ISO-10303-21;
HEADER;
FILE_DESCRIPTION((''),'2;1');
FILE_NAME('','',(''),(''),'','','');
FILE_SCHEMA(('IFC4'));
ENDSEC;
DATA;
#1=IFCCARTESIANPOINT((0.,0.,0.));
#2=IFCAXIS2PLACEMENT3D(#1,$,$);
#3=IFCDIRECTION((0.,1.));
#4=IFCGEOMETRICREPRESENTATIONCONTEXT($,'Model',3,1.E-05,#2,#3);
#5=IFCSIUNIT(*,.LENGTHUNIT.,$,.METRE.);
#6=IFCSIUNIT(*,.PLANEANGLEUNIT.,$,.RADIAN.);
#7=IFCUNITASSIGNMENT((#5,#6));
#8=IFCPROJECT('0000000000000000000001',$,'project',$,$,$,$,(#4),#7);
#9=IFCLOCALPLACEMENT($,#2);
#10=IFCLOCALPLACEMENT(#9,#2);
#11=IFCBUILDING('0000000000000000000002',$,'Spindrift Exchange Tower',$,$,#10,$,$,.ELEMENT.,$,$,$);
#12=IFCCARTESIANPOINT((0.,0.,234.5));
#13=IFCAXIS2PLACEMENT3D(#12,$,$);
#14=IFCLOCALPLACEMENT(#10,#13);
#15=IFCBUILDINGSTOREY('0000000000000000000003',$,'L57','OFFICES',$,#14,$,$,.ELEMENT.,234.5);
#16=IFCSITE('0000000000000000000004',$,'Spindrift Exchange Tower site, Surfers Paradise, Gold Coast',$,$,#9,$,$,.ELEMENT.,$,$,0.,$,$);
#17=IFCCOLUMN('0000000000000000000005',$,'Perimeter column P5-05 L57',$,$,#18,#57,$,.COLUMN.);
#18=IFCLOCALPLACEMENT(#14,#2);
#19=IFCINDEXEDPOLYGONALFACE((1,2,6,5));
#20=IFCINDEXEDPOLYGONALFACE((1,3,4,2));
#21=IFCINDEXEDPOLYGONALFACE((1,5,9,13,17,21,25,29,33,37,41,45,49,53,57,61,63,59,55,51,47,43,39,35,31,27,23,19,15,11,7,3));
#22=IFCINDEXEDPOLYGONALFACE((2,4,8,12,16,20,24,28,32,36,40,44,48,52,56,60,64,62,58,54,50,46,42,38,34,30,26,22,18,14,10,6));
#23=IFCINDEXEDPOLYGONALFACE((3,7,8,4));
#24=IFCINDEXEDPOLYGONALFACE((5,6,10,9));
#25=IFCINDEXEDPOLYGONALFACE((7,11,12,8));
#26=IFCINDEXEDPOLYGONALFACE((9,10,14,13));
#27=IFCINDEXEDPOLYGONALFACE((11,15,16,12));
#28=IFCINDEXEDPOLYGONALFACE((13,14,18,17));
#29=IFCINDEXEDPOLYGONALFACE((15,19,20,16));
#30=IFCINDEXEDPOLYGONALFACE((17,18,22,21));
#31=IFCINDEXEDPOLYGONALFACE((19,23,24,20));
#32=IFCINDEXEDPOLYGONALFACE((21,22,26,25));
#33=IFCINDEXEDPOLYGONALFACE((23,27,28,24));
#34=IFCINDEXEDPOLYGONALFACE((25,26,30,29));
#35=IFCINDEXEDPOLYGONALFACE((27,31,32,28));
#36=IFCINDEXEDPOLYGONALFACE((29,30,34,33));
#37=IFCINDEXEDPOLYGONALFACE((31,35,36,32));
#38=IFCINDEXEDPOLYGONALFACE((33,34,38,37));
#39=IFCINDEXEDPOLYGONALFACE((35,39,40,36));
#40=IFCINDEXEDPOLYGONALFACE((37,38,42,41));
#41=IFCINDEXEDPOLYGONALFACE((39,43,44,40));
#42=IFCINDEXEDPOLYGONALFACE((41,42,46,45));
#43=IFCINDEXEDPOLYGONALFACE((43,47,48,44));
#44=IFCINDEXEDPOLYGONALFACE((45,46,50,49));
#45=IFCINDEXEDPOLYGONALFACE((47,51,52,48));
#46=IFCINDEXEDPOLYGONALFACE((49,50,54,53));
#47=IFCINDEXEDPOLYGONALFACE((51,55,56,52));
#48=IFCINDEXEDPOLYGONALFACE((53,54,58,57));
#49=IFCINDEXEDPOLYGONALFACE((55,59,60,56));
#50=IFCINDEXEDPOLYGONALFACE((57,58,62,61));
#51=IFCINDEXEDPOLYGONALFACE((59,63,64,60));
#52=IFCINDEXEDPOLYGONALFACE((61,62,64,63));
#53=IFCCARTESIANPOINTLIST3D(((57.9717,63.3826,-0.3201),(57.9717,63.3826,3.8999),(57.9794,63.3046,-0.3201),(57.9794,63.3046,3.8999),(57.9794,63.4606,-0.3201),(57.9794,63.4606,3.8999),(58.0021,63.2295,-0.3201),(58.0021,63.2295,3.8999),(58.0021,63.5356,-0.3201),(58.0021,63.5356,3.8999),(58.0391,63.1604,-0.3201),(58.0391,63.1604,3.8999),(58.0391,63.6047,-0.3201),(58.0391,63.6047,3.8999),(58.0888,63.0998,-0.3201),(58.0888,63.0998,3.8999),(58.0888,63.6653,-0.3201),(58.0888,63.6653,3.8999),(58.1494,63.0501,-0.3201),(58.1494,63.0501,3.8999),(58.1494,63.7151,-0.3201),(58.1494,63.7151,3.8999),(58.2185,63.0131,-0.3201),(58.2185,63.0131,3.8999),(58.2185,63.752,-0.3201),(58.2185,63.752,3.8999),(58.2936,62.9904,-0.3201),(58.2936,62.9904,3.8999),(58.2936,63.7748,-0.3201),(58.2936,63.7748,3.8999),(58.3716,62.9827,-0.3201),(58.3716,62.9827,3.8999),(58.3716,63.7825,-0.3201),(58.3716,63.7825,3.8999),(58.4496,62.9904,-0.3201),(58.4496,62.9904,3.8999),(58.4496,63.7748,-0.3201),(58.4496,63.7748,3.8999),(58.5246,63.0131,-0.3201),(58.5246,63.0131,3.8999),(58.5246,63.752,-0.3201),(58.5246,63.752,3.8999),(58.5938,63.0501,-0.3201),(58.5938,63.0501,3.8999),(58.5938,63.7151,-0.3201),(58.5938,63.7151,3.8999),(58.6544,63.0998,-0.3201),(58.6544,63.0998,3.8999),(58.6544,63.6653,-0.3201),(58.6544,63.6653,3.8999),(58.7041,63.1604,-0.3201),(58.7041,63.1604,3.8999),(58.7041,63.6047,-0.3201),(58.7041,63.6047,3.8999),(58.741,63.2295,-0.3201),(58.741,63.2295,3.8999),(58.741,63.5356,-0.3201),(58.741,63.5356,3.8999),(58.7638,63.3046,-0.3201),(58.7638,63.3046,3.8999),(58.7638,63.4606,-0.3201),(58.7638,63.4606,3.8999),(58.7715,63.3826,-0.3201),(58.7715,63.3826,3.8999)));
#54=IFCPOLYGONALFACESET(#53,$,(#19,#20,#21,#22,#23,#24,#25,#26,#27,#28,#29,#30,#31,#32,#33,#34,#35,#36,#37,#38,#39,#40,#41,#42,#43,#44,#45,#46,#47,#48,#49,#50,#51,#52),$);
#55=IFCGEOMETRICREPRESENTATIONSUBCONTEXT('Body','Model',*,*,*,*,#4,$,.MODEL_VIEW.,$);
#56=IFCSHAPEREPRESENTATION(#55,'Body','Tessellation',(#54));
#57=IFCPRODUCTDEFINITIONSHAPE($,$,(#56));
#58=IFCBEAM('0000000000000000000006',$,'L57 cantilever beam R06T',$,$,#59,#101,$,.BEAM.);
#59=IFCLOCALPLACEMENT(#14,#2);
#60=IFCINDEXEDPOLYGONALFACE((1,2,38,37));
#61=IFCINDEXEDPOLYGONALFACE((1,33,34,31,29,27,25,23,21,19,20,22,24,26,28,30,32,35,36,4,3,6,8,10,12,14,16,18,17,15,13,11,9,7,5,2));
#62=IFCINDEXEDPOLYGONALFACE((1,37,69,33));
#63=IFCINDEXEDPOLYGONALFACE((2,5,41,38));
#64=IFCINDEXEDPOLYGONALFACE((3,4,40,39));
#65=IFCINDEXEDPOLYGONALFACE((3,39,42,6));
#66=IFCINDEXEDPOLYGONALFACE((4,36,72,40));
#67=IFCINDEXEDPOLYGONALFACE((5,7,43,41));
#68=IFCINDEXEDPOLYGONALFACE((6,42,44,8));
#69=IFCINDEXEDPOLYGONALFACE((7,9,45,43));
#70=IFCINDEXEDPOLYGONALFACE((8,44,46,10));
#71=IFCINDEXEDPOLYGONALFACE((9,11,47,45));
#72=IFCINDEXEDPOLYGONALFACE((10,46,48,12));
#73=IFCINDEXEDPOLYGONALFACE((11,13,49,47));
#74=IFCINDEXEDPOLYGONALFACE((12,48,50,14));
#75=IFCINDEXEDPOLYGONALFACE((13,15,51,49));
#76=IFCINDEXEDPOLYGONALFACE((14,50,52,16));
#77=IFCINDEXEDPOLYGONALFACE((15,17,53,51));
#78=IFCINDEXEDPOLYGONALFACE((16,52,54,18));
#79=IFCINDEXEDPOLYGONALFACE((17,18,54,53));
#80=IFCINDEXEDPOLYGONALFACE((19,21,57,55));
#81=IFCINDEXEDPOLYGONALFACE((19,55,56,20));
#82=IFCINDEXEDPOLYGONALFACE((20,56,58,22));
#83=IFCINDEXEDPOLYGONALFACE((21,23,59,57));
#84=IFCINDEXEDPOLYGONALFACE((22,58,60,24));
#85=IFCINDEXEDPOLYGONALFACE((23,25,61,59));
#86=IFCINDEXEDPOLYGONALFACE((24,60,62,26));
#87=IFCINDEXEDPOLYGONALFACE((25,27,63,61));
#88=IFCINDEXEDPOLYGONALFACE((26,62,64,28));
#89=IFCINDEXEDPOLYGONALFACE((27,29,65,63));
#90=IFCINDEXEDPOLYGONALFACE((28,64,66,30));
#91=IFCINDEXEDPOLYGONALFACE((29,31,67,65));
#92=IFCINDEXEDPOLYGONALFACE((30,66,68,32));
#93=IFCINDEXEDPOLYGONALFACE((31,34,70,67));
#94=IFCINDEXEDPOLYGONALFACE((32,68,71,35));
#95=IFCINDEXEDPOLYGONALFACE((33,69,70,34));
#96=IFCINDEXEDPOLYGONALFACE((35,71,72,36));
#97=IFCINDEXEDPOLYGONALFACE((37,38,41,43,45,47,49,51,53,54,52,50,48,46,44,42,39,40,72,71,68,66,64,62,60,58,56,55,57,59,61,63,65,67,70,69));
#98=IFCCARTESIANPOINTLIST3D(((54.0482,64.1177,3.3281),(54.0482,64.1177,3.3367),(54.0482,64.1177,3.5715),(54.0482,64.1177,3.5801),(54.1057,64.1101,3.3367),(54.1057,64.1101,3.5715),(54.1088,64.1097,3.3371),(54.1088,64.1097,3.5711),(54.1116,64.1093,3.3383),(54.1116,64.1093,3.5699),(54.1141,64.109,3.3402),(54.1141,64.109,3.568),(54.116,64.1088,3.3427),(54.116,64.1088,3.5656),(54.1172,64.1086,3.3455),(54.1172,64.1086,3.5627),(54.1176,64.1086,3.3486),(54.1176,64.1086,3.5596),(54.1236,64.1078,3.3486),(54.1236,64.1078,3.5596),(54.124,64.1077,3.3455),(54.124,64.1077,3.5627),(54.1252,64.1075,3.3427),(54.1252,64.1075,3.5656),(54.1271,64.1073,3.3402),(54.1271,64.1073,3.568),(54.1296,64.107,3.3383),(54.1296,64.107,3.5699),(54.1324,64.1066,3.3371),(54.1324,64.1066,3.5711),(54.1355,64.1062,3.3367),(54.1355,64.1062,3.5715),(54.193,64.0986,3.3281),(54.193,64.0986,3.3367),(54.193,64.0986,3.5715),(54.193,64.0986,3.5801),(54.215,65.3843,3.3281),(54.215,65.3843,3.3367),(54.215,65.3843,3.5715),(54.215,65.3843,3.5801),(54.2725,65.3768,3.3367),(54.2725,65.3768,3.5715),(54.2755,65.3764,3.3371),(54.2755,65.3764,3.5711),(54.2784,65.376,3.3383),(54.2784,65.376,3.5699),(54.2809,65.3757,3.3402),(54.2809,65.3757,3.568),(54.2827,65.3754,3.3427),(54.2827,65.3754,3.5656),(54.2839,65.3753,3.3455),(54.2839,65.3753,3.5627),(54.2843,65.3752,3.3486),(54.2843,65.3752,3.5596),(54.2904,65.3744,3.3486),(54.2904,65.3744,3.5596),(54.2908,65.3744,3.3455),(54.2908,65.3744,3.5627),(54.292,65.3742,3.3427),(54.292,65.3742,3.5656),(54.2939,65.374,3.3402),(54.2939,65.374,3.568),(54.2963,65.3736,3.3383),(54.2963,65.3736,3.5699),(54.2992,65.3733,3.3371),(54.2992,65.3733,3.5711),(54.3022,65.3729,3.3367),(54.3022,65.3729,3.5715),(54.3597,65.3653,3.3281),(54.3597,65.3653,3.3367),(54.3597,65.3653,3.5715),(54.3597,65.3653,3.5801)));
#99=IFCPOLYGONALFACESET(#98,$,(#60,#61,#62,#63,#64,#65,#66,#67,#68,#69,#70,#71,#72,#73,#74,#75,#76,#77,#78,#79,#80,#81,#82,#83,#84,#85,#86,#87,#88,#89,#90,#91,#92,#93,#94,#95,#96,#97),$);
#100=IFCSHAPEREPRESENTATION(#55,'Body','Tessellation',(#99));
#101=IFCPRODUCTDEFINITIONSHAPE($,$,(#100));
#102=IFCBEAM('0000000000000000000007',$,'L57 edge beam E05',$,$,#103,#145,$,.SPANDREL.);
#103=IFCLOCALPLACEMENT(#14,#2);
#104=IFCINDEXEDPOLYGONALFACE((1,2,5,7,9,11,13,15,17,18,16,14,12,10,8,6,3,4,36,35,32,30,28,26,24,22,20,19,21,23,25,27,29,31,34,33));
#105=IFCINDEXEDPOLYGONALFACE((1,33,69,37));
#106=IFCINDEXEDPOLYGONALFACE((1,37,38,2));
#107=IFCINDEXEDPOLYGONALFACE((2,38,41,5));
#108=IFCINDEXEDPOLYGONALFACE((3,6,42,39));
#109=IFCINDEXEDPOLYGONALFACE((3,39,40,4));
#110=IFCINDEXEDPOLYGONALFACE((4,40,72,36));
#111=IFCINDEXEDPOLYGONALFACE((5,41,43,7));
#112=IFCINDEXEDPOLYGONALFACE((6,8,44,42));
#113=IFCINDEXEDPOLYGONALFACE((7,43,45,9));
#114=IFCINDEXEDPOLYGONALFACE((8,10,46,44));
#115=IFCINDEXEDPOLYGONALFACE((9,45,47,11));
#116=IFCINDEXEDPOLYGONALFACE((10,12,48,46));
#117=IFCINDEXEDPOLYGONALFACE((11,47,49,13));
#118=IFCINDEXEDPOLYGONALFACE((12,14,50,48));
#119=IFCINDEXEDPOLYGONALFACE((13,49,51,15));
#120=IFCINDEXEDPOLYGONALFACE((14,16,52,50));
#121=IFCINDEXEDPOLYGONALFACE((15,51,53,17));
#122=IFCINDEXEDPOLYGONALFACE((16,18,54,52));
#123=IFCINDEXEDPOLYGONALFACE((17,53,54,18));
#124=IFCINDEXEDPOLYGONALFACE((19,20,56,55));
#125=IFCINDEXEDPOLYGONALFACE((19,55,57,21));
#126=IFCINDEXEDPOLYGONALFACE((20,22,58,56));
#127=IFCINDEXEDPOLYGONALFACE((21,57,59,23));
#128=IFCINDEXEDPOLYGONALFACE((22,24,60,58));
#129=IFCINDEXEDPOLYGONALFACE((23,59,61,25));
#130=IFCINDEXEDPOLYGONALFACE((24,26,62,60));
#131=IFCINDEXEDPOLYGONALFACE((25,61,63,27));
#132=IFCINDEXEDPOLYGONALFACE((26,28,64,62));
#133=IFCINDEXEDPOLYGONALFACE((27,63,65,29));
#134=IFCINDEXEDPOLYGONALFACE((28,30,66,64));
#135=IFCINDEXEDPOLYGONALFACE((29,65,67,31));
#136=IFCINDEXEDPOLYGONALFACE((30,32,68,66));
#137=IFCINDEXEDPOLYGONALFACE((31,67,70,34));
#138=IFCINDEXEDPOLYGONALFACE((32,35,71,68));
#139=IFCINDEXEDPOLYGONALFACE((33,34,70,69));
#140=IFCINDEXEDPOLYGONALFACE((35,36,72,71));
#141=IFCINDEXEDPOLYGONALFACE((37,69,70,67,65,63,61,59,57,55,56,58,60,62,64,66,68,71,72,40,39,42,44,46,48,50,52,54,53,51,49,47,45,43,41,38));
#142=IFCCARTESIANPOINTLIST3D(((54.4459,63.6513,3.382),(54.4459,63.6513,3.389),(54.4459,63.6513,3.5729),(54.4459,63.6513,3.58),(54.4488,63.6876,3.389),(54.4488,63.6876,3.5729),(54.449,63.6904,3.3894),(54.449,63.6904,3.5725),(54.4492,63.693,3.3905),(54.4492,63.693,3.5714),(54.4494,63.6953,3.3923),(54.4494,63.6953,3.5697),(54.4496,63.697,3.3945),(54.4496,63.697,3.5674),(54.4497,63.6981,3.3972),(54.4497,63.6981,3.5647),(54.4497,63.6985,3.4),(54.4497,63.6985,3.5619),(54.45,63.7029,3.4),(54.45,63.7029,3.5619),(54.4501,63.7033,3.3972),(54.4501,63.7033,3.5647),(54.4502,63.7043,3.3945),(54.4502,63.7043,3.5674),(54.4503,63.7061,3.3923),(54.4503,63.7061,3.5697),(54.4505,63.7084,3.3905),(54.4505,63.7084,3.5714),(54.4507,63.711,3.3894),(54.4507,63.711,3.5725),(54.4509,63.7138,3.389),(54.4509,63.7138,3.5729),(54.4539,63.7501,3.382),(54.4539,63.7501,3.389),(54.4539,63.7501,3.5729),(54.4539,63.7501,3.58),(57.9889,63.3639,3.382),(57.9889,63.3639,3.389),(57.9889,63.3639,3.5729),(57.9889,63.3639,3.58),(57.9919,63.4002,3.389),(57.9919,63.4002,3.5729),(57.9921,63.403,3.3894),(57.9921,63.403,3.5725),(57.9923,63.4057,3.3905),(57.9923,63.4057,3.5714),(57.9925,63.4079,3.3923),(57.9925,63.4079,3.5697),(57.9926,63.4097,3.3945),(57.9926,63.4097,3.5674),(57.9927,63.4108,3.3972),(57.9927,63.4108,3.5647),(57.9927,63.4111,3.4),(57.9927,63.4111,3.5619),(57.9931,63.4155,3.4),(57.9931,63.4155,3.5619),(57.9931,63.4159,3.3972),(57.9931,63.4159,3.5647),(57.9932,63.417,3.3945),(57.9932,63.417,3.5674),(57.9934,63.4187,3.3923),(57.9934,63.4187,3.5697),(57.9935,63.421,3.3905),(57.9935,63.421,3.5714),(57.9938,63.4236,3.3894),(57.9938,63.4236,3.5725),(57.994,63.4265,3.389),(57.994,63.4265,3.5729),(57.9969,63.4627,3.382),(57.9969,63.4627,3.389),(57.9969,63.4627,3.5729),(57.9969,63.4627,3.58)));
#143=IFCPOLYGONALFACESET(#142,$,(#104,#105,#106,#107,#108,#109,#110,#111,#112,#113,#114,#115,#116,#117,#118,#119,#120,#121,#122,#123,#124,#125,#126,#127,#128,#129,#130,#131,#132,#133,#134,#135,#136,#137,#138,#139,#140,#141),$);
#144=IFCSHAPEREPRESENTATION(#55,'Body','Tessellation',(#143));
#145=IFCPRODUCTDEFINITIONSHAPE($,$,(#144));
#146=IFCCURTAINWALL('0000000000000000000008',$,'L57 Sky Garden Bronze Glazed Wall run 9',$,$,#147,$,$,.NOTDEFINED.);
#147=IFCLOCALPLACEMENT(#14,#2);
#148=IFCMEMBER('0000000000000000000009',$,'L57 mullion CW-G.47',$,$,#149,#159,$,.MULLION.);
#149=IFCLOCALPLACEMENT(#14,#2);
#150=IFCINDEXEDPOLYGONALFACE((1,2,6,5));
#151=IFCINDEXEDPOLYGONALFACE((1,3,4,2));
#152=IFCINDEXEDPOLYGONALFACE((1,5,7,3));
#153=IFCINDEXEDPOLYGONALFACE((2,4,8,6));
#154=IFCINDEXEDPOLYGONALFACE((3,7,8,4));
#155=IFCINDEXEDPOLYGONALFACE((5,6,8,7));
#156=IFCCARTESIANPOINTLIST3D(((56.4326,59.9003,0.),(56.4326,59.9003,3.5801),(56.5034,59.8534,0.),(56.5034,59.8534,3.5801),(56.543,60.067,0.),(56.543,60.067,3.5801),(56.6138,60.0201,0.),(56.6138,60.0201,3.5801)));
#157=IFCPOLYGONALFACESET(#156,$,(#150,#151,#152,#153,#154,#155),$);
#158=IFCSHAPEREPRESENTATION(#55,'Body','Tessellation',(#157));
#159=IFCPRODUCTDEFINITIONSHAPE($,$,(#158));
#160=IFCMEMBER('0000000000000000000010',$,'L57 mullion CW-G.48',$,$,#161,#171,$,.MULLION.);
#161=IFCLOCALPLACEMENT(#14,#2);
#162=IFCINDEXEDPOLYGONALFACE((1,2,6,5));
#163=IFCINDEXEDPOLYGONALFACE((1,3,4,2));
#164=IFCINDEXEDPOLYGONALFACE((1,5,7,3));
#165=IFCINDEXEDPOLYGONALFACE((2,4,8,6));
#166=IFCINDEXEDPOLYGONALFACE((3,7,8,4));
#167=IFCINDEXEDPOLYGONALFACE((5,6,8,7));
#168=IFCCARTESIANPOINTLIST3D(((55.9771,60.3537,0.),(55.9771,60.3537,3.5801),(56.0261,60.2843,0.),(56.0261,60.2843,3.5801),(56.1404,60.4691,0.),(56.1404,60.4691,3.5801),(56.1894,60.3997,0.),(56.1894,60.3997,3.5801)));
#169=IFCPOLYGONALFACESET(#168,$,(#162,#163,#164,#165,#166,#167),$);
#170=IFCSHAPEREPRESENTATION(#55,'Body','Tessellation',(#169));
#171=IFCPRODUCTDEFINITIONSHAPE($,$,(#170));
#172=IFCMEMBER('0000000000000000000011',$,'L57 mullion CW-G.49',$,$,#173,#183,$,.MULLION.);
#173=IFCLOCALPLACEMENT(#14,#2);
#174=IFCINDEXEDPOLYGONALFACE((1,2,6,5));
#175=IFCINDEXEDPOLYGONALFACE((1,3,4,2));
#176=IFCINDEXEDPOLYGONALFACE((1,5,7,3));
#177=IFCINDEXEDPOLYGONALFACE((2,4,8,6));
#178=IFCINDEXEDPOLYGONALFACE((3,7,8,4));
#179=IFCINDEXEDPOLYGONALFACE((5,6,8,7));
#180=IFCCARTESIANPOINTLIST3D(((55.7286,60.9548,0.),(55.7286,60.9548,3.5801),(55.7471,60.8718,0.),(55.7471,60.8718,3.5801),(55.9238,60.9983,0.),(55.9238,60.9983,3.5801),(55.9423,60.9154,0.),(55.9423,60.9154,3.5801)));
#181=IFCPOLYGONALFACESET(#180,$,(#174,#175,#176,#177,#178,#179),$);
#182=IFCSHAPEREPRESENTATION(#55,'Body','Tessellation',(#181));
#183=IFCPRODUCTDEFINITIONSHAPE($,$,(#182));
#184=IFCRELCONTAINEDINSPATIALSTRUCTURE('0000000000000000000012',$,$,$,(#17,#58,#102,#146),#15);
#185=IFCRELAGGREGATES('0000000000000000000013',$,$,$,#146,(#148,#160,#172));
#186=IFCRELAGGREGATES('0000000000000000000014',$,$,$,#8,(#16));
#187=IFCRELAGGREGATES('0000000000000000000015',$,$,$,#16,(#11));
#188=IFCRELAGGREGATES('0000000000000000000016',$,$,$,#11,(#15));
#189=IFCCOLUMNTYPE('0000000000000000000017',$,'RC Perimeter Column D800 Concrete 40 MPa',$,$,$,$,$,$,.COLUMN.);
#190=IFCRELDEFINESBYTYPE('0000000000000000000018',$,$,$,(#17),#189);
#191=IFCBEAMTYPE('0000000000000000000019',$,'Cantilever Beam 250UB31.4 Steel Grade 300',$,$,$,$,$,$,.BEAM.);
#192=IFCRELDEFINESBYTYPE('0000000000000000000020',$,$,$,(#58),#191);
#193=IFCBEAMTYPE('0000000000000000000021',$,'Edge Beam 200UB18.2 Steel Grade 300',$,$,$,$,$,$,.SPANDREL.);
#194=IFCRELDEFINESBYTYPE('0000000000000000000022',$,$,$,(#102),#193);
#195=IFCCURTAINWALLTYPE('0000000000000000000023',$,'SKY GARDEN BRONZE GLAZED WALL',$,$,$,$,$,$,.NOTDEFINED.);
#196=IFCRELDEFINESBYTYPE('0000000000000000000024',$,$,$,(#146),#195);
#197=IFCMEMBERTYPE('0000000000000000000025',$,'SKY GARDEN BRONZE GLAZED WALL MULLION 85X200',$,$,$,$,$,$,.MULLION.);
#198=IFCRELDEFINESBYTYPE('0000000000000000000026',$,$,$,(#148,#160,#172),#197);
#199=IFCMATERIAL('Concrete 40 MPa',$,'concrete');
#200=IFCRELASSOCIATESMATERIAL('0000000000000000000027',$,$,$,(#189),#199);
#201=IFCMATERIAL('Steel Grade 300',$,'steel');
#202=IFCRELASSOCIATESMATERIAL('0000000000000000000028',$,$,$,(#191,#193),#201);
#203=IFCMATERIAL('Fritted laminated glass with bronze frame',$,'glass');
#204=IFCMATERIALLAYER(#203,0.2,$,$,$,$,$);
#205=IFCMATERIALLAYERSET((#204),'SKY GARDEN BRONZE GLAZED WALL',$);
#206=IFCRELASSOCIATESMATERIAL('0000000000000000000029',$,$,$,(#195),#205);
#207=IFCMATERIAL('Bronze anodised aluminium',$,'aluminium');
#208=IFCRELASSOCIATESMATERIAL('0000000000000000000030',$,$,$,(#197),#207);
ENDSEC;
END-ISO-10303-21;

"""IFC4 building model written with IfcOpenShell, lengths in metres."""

from ifc_helpers import new_model, si_unit, direction, frame, origin, origin_2d, place, context, subcontext, project, spatial, rectangle, circle, i_section, extrude, source, transform, mapped, material, layer, layer_set, material_profile, profile_set, type_object, element, aggregate, save


model = new_model("IFC4")

# Units and contexts
model_context = context("Model", 3, precision=1e-05, world=origin(), true_north=direction((0.0, 1.0)))
body_context = subcontext(model_context, "Body", "Model", "MODEL_VIEW")
ifc_project = project(units=[si_unit("LENGTHUNIT", "METRE"), si_unit("PLANEANGLEUNIT", "RADIAN")], contexts=[model_context])

# Site, building, storey
site_placement = place(None, origin())
site = spatial("IfcSite", under=ifc_project, at=site_placement, Name="Spindrift Exchange Tower site, Surfers Paradise, Gold Coast", CompositionType="ELEMENT", RefElevation=0.0)
building_placement = place(site_placement, origin())
building = spatial("IfcBuilding", under=site, at=building_placement, Name="Spindrift Exchange Tower", CompositionType="ELEMENT")
storey_placement = place(building_placement, frame((0.0, 0.0, 234.5)))
storey = spatial("IfcBuildingStorey", under=building, at=storey_placement, Name="L57", Description="OFFICES", CompositionType="ELEMENT", Elevation=234.5)

# Column
ifc_material_1 = material(Name="Concrete 40 MPa", Category="concrete")
ifc_material_profile_1 = material_profile(ifc_material_1, circle(Radius=0.3999, at=origin_2d()), Name="RC D800")
ifc_profile_set_1 = profile_set([ifc_material_profile_1], Name="Concrete 40 MPa")
column_type = type_object("IfcColumnType", Name="RC Perimeter Column D800 Concrete 40 MPa", PredefinedType="COLUMN", material=ifc_profile_set_1)
shared_shape_1 = source(origin(), body_context, "Body", "SweptSolid", [
    extrude(circle(Radius=0.3999, at=origin_2d()), origin(), (0.0, 0.0, 1.0), 4.22),
])
column_placement = place(storey_placement, frame((58.3716, 63.3826, -0.3201), z_axis=(0.0, 0.0, 1.0), x_axis=(1.0, 0.0, 0.0)))
element("IfcColumn", 1, at=column_placement, inside=storey, type_object=column_type, Name="Perimeter column P5-05 L57", PredefinedType="COLUMN", context=body_context, shape_type="MappedRepresentation", body=[
    mapped(shared_shape_1, transform((0.0, 0.0, 0.0), scale=1.0)),
])

# Beams
ifc_material_2 = material(Name="Steel Grade 300", Category="steel")
ifc_material_profile_2 = material_profile(ifc_material_2, i_section(OverallWidth=0.146, OverallDepth=0.252, WebThickness=0.0061, FlangeThickness=0.0085, FilletRadius=0.012, at=origin_2d()), Name="250UB31.4")
ifc_profile_set_2 = profile_set([ifc_material_profile_2], Name="Steel Grade 300")
beam_type_1 = type_object("IfcBeamType", Name="Cantilever Beam 250UB31.4 Steel Grade 300", PredefinedType="BEAM", material=ifc_profile_set_2)
shared_shape_2 = source(origin(), body_context, "Body", "SweptSolid", [
    extrude(i_section(OverallWidth=0.146, OverallDepth=0.252, WebThickness=0.0061, FlangeThickness=0.0085, FilletRadius=0.012, at=origin_2d()), origin(), (0.0, 0.0, 1.0), 1.2776),
])
beam_1_placement = place(storey_placement, frame((54.1206, 64.1082, 3.4541), z_axis=(0.130524, 0.991445, 0.0), x_axis=(-0.991445, 0.130524, 0.0)))
element("IfcBeam", 2, at=beam_1_placement, inside=storey, type_object=beam_type_1, Name="L57 cantilever beam R06T", PredefinedType="BEAM", context=body_context, shape_type="MappedRepresentation", body=[
    mapped(shared_shape_2, transform((0.0, 0.0, 0.0), scale=1.0)),
])
ifc_material_profile_3 = material_profile(ifc_material_2, i_section(OverallWidth=0.0991, OverallDepth=0.198, WebThickness=0.0044, FlangeThickness=0.0071, FilletRadius=0.011, at=origin_2d()), Name="200UB18.2")
ifc_profile_set_3 = profile_set([ifc_material_profile_3], Name="Steel Grade 300")
beam_type_2 = type_object("IfcBeamType", Name="Edge Beam 200UB18.2 Steel Grade 300", PredefinedType="SPANDREL", material=ifc_profile_set_3)
shared_shape_3 = source(origin(), body_context, "Body", "SweptSolid", [
    extrude(i_section(OverallWidth=0.0991, OverallDepth=0.198, WebThickness=0.0044, FlangeThickness=0.0071, FilletRadius=0.011, at=origin_2d()), origin(), (0.0, 0.0, 1.0), 3.5547),
])
beam_2_placement = place(storey_placement, frame((57.9929, 63.4133, 3.481), z_axis=(-0.996727, 0.08084, 0.0), x_axis=(-0.08084, -0.996727, 0.0)))
element("IfcBeam", 3, at=beam_2_placement, inside=storey, type_object=beam_type_2, Name="L57 edge beam E05", PredefinedType="SPANDREL", context=body_context, shape_type="MappedRepresentation", body=[
    mapped(shared_shape_3, transform((0.0, 0.0, 0.0), scale=1.0)),
])

# Curtain wall, members
ifc_material_3 = material(Name="Fritted laminated glass with bronze frame", Category="glass")
ifc_layer_1 = layer(ifc_material_3, 0.2)
ifc_layer_set_1 = layer_set([ifc_layer_1], Name="SKY GARDEN BRONZE GLAZED WALL")
curtain_wall_type = type_object("IfcCurtainWallType", Name="SKY GARDEN BRONZE GLAZED WALL", PredefinedType="NOTDEFINED", material=ifc_layer_set_1)
curtain_wall_1_placement = place(storey_placement, origin())
curtain_wall_1 = element("IfcCurtainWall", 4, at=curtain_wall_1_placement, inside=storey, type_object=curtain_wall_type, Name="L57 Sky Garden Bronze Glazed Wall run 9", PredefinedType="NOTDEFINED")
ifc_material_4 = material(Name="Bronze anodised aluminium", Category="aluminium")
ifc_material_profile_4 = material_profile(ifc_material_4, rectangle(XDim=0.085, YDim=0.2, at=origin_2d()), Name="SKY GARDEN BRONZE GLAZED WALL MULLION 85X200")
ifc_profile_set_4 = profile_set([ifc_material_profile_4], Name="Bronze anodised aluminium")
member_type_1 = type_object("IfcMemberType", Name="SKY GARDEN BRONZE GLAZED WALL MULLION 85X200", PredefinedType="MULLION", material=ifc_profile_set_4)
shared_shape_4 = source(origin(), body_context, "Body", "SweptSolid", [
    extrude(rectangle(XDim=0.085, YDim=0.2, at=origin_2d()), origin(), (0.0, 0.0, 1.0), 3.5801),
])
member_1_placement = place(storey_placement, frame((56.5232, 59.9602, 0.0), z_axis=(0.0, 0.0, 1.0), x_axis=(-0.833551, 0.552443, 0.0)))
member_1 = element("IfcMember", 5, at=member_1_placement, type_object=member_type_1, Name="L57 mullion CW-G.47", PredefinedType="MULLION", context=body_context, shape_type="MappedRepresentation", body=[
    mapped(shared_shape_4, transform((0.0, 0.0, 0.0), scale=1.0)),
])
member_2_placement = place(storey_placement, frame((56.0833, 60.3767, 0.0), z_axis=(0.0, 0.0, 1.0), x_axis=(-0.577121, 0.816659, 0.0)))
member_2 = element("IfcMember", 6, at=member_2_placement, type_object=member_type_1, Name="L57 mullion CW-G.48", PredefinedType="MULLION", context=body_context, shape_type="MappedRepresentation", body=[
    mapped(shared_shape_4, transform((0.0, 0.0, 0.0), scale=1.0)),
])
member_3_placement = place(storey_placement, frame((55.8354, 60.9351, 0.0), z_axis=(0.0, 0.0, 1.0), x_axis=(-0.217595, 0.976039, 0.0)))
member_3 = element("IfcMember", 7, at=member_3_placement, type_object=member_type_1, Name="L57 mullion CW-G.49", PredefinedType="MULLION", context=body_context, shape_type="MappedRepresentation", body=[
    mapped(shared_shape_4, transform((0.0, 0.0, 0.0), scale=1.0)),
])

aggregate(curtain_wall_1, [member_1, member_2, member_3])

save(model, "model.ifc")
